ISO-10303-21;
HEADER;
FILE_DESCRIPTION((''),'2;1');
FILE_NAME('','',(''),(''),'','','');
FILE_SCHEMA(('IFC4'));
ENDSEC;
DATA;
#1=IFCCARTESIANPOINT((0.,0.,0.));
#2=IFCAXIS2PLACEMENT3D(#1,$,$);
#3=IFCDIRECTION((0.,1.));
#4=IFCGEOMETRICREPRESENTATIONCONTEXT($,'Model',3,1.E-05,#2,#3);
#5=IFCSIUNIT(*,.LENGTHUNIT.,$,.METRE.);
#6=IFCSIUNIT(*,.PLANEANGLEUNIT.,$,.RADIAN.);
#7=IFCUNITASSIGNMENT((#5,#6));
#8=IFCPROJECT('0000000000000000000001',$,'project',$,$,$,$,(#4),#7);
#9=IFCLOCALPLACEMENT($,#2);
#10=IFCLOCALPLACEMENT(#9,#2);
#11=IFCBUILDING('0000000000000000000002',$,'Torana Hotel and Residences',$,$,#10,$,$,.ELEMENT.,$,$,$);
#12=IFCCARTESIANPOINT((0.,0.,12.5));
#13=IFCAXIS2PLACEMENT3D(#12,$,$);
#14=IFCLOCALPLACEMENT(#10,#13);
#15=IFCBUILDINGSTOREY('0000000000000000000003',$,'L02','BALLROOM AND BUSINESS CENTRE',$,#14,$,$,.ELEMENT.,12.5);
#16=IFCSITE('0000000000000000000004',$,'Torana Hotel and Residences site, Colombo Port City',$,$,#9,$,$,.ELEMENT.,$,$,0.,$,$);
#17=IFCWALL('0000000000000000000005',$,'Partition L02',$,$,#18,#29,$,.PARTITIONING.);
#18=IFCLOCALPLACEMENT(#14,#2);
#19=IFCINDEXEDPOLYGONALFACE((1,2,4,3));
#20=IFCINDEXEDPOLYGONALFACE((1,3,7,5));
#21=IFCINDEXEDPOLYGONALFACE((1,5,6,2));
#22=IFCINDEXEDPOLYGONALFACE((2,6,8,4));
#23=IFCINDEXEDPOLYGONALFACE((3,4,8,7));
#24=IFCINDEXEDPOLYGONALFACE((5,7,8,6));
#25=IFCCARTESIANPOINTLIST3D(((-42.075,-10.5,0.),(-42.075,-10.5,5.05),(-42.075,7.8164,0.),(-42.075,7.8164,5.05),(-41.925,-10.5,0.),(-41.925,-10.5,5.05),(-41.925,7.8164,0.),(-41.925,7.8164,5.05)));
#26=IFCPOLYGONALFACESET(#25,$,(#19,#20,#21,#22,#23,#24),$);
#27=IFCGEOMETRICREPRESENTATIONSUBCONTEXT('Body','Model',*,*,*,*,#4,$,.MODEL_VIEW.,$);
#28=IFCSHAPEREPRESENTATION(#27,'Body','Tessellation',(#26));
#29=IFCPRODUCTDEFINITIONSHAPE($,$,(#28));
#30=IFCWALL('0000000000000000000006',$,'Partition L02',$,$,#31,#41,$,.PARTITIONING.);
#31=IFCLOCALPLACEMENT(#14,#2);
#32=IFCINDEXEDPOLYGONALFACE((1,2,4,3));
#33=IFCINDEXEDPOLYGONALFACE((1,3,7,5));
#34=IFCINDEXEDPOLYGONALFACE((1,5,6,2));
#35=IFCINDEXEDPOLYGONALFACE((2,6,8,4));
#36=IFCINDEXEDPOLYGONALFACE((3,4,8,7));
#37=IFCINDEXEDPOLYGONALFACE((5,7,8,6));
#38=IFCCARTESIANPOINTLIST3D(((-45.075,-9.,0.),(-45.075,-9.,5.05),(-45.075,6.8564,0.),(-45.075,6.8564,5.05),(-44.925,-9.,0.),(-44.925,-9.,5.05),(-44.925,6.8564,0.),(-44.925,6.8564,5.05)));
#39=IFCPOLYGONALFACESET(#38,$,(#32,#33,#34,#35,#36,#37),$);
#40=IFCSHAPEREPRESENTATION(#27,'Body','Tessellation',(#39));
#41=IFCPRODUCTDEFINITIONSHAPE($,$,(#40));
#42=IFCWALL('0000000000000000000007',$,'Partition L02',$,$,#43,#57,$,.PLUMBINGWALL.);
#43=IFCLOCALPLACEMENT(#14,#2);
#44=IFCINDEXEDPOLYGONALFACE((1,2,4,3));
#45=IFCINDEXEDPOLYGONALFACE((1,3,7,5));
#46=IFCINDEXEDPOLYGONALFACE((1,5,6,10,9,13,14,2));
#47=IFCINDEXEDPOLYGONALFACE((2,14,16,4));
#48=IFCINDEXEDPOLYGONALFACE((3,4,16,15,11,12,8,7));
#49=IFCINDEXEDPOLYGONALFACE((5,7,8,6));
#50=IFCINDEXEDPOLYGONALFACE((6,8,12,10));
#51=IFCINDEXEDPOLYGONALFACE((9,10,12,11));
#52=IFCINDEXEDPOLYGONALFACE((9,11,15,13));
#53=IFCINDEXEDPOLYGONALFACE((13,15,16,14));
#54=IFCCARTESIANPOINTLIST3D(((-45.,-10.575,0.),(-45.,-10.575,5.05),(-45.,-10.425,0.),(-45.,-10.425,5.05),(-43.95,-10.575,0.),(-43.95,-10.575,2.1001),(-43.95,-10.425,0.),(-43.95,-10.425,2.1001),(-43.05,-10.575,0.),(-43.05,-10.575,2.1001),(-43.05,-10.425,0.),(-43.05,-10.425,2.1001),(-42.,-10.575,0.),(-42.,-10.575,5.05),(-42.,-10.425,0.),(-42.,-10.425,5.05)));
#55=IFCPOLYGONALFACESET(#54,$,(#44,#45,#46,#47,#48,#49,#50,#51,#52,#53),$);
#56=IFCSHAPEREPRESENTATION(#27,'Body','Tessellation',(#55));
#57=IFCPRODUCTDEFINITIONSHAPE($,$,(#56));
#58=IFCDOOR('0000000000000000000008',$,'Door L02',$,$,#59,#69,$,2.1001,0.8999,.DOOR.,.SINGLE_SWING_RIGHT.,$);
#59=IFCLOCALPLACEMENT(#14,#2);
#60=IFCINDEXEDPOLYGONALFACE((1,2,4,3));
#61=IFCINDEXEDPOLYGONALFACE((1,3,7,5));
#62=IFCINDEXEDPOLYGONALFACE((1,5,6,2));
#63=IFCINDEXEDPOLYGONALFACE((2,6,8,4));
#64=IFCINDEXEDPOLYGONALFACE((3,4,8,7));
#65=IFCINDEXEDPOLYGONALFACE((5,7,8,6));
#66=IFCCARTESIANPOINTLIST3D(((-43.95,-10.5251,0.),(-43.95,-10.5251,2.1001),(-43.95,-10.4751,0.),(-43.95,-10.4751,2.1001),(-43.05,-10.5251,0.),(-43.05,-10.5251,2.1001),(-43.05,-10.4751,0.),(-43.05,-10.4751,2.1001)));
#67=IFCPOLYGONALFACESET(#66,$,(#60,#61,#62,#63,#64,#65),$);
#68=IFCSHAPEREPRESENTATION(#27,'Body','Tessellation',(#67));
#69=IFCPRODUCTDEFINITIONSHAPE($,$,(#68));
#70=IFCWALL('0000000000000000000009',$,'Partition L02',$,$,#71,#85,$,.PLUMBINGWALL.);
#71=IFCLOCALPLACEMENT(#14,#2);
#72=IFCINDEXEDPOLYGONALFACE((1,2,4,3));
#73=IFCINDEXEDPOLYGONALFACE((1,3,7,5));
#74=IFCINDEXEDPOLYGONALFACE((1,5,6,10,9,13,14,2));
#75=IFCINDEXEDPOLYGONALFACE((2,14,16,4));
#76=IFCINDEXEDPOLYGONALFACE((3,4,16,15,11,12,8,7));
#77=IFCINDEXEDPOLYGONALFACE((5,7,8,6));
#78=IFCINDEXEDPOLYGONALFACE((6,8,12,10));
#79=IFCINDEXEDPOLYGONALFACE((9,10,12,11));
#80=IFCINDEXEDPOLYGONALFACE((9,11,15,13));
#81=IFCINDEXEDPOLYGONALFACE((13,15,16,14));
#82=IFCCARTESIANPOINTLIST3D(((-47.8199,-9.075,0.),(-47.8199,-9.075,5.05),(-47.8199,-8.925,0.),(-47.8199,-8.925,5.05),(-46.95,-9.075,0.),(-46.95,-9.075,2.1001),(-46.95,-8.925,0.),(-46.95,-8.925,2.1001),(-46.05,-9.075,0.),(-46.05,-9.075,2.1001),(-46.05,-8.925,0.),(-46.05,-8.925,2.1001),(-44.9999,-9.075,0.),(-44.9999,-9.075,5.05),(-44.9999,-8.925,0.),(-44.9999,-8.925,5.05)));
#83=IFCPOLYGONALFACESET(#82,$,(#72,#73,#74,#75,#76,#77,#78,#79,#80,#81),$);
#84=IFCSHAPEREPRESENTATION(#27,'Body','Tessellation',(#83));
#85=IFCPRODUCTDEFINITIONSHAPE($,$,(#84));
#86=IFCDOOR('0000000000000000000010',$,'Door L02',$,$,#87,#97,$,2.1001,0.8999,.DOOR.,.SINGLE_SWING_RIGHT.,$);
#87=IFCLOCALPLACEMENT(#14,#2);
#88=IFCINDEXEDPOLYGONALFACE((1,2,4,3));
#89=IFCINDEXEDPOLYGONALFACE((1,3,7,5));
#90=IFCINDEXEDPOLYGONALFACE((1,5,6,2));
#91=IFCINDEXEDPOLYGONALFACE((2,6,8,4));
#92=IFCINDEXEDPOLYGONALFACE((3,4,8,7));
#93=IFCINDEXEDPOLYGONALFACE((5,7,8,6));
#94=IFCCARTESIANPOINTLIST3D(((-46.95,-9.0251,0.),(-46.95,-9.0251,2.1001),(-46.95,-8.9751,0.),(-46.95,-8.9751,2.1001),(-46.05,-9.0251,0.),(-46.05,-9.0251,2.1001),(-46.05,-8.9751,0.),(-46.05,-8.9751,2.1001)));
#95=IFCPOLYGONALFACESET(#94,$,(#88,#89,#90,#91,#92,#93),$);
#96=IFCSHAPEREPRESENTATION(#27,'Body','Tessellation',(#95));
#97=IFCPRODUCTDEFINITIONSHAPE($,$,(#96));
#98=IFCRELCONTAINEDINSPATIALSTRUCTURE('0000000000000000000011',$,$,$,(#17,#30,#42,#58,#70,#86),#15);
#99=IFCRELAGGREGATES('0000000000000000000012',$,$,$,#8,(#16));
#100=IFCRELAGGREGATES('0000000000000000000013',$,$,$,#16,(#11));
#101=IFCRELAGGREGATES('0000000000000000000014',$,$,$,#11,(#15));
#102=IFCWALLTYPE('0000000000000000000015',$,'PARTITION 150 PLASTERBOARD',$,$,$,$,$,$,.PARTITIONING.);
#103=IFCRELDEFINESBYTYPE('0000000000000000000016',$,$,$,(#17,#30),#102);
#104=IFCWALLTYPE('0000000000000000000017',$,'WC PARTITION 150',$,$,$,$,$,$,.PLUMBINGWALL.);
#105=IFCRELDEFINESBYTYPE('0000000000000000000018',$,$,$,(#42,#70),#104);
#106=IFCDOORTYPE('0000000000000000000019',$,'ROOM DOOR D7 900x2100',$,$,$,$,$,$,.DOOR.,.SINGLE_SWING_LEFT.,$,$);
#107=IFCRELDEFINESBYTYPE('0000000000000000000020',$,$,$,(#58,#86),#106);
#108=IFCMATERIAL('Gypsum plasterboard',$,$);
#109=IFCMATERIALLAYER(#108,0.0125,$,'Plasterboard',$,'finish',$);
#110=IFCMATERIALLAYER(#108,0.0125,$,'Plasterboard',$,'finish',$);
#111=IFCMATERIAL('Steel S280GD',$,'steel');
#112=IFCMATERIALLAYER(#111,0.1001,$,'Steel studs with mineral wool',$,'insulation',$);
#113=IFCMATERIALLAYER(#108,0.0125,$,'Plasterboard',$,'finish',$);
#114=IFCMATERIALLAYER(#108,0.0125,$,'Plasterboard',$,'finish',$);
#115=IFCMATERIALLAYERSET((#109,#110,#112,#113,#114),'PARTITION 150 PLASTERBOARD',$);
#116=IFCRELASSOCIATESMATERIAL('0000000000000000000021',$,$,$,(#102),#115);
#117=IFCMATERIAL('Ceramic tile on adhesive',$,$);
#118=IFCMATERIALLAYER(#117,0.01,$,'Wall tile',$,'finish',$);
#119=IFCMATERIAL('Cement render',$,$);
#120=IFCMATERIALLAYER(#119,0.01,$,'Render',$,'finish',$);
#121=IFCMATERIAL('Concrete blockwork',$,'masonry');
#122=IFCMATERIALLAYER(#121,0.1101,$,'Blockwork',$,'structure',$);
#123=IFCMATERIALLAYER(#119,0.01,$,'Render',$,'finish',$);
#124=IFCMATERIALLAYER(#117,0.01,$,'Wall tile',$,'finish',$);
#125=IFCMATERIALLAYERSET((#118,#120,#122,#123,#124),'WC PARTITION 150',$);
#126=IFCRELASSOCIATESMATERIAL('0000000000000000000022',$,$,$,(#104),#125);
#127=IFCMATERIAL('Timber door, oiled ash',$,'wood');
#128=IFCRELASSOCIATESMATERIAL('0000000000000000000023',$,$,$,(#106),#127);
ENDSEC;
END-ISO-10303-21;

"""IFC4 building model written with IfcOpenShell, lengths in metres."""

from ifc_helpers import new_model, si_unit, direction, frame, frame_2d, origin, place, context, subcontext, project, spatial, rectangle, extrude, material, layer, layer_set, type_object, element, fill, save


model = new_model("IFC4")

# Units and contexts
model_context = context("Model", 3, precision=1e-05, world=origin(), true_north=direction((0.0, 1.0)))
body_context = subcontext(model_context, "Body", "Model", "MODEL_VIEW")
ifc_project = project(units=[si_unit("LENGTHUNIT", "METRE"), si_unit("PLANEANGLEUNIT", "RADIAN")], contexts=[model_context])

# Site, building, storey
site_placement = place(None, origin())
site = spatial("IfcSite", under=ifc_project, at=site_placement, Name="Torana Hotel and Residences site, Colombo Port City", CompositionType="ELEMENT", RefElevation=0.0)
building_placement = place(site_placement, origin())
building = spatial("IfcBuilding", under=site, at=building_placement, Name="Torana Hotel and Residences", CompositionType="ELEMENT")
storey_placement = place(building_placement, frame((0.0, 0.0, 12.5)))
storey = spatial("IfcBuildingStorey", under=building, at=storey_placement, Name="L02", Description="BALLROOM AND BUSINESS CENTRE", CompositionType="ELEMENT", Elevation=12.5)

# Walls
ifc_material_1 = material(Name="Gypsum plasterboard")
ifc_layer_1 = layer(ifc_material_1, 0.0125, Name="Plasterboard", Category="finish")
ifc_layer_2 = layer(ifc_material_1, 0.0125, Name="Plasterboard", Category="finish")
ifc_material_2 = material(Name="Steel S280GD", Category="steel")
ifc_layer_3 = layer(ifc_material_2, 0.1001, Name="Steel studs with mineral wool", Category="insulation")
ifc_layer_4 = layer(ifc_material_1, 0.0125, Name="Plasterboard", Category="finish")
ifc_layer_5 = layer(ifc_material_1, 0.0125, Name="Plasterboard", Category="finish")
ifc_layer_set_1 = layer_set([ifc_layer_1, ifc_layer_2, ifc_layer_3, ifc_layer_4, ifc_layer_5], Name="PARTITION 150 PLASTERBOARD")
wall_type_1 = type_object("IfcWallType", Name="PARTITION 150 PLASTERBOARD", PredefinedType="PARTITIONING", material=ifc_layer_set_1)
wall_1_placement = place(storey_placement, frame((-42.0, -10.5, 0.0), z_axis=(0.0, 0.0, 1.0), x_axis=(0.0, 1.0, 0.0)))
element("IfcWall", 1, at=wall_1_placement, inside=storey, type_object=wall_type_1, Name="Partition L02", PredefinedType="PARTITIONING", context=body_context, shape_type="SweptSolid", body=[
    extrude(rectangle(XDim=18.3164, YDim=0.1499, at=frame_2d((9.1582, 0.0))), origin(), (0.0, 0.0, 1.0), 5.05),
])
wall_2_placement = place(storey_placement, frame((-45.0, -9.0, 0.0), z_axis=(0.0, 0.0, 1.0), x_axis=(0.0, 1.0, 0.0)))
element("IfcWall", 2, at=wall_2_placement, inside=storey, type_object=wall_type_1, Name="Partition L02", PredefinedType="PARTITIONING", context=body_context, shape_type="SweptSolid", body=[
    extrude(rectangle(XDim=15.8564, YDim=0.1499, at=frame_2d((7.9282, 0.0))), origin(), (0.0, 0.0, 1.0), 5.05),
])

# Walls, openings, doors
ifc_material_3 = material(Name="Ceramic tile on adhesive")
ifc_layer_6 = layer(ifc_material_3, 0.01, Name="Wall tile", Category="finish")
ifc_material_4 = material(Name="Cement render")
ifc_layer_7 = layer(ifc_material_4, 0.01, Name="Render", Category="finish")
ifc_material_5 = material(Name="Concrete blockwork", Category="masonry")
ifc_layer_8 = layer(ifc_material_5, 0.1101, Name="Blockwork", Category="structure")
ifc_layer_9 = layer(ifc_material_4, 0.01, Name="Render", Category="finish")
ifc_layer_10 = layer(ifc_material_3, 0.01, Name="Wall tile", Category="finish")
ifc_layer_set_2 = layer_set([ifc_layer_6, ifc_layer_7, ifc_layer_8, ifc_layer_9, ifc_layer_10], Name="WC PARTITION 150")
wall_type_2 = type_object("IfcWallType", Name="WC PARTITION 150", PredefinedType="PLUMBINGWALL", material=ifc_layer_set_2)
wall_3_placement = place(storey_placement, frame((-45.0, -10.5, 0.0), z_axis=(0.0, 0.0, 1.0), x_axis=(1.0, 0.0, 0.0)))
wall_3 = element("IfcWall", 3, at=wall_3_placement, inside=storey, type_object=wall_type_2, Name="Partition L02", PredefinedType="PLUMBINGWALL", context=body_context, shape_type="SweptSolid", body=[
    extrude(rectangle(XDim=3.0, YDim=0.1499, at=frame_2d((1.5, 0.0))), origin(), (0.0, 0.0, 1.0), 5.05),
])
opening_1_placement = place(wall_3_placement, frame((1.05, 0.0, 0.0)))
opening_1 = element("IfcOpeningElement", 4, at=opening_1_placement, cuts=wall_3, PredefinedType="OPENING", context=body_context, shape_type="SweptSolid", body=[
    extrude(rectangle(XDim=0.8999, YDim=2.1001, at=frame_2d((0.45, 1.05))), frame((0.0, 0.085, 0.0), z_axis=(0.0, -1.0, 0.0), x_axis=(1.0, 0.0, 0.0)), (0.0, 0.0, 1.0), 0.1699),
])
ifc_material_6 = material(Name="Timber door, oiled ash", Category="wood")
door_type = type_object("IfcDoorType", Name="ROOM DOOR D7 900x2100", OperationType="SINGLE_SWING_LEFT", PredefinedType="DOOR", material=ifc_material_6)
door_1_placement = place(opening_1_placement, origin())
door_1 = element("IfcDoor", 5, at=door_1_placement, inside=storey, type_object=door_type, Name="Door L02", OperationType="SINGLE_SWING_RIGHT", OverallHeight=2.1001, OverallWidth=0.8999, PredefinedType="DOOR", context=body_context, shape_type="SweptSolid", body=[
    extrude(rectangle(XDim=0.8999, YDim=2.1001, at=frame_2d((0.45, 1.05))), frame((0.0, 0.0249, 0.0), z_axis=(0.0, -1.0, 0.0), x_axis=(1.0, 0.0, 0.0)), (0.0, 0.0, 1.0), 0.05),
])
fill(opening_1, door_1)
wall_4_placement = place(storey_placement, frame((-47.8201, -9.0, 0.0), z_axis=(0.0, 0.0, 1.0), x_axis=(1.0, 0.0, 0.0)))
wall_4 = element("IfcWall", 6, at=wall_4_placement, inside=storey, type_object=wall_type_2, Name="Partition L02", PredefinedType="PLUMBINGWALL", context=body_context, shape_type="SweptSolid", body=[
    extrude(rectangle(XDim=2.8201, YDim=0.1499, at=frame_2d((1.4102, 0.0))), origin(), (0.0, 0.0, 1.0), 5.05),
])
opening_2_placement = place(wall_4_placement, frame((0.8701, 0.0, 0.0)))
opening_2 = element("IfcOpeningElement", 7, at=opening_2_placement, cuts=wall_4, PredefinedType="OPENING", context=body_context, shape_type="SweptSolid", body=[
    extrude(rectangle(XDim=0.8999, YDim=2.1001, at=frame_2d((0.45, 1.05))), frame((0.0, 0.085, 0.0), z_axis=(0.0, -1.0, 0.0), x_axis=(1.0, 0.0, 0.0)), (0.0, 0.0, 1.0), 0.1699),
])
door_2_placement = place(opening_2_placement, origin())
door_2 = element("IfcDoor", 8, at=door_2_placement, inside=storey, type_object=door_type, Name="Door L02", OperationType="SINGLE_SWING_RIGHT", OverallHeight=2.1001, OverallWidth=0.8999, PredefinedType="DOOR", context=body_context, shape_type="SweptSolid", body=[
    extrude(rectangle(XDim=0.8999, YDim=2.1001, at=frame_2d((0.45, 1.05))), frame((0.0, 0.0249, 0.0), z_axis=(0.0, -1.0, 0.0), x_axis=(1.0, 0.0, 0.0)), (0.0, 0.0, 1.0), 0.05),
])
fill(opening_2, door_2)

save(model, "model.ifc")
